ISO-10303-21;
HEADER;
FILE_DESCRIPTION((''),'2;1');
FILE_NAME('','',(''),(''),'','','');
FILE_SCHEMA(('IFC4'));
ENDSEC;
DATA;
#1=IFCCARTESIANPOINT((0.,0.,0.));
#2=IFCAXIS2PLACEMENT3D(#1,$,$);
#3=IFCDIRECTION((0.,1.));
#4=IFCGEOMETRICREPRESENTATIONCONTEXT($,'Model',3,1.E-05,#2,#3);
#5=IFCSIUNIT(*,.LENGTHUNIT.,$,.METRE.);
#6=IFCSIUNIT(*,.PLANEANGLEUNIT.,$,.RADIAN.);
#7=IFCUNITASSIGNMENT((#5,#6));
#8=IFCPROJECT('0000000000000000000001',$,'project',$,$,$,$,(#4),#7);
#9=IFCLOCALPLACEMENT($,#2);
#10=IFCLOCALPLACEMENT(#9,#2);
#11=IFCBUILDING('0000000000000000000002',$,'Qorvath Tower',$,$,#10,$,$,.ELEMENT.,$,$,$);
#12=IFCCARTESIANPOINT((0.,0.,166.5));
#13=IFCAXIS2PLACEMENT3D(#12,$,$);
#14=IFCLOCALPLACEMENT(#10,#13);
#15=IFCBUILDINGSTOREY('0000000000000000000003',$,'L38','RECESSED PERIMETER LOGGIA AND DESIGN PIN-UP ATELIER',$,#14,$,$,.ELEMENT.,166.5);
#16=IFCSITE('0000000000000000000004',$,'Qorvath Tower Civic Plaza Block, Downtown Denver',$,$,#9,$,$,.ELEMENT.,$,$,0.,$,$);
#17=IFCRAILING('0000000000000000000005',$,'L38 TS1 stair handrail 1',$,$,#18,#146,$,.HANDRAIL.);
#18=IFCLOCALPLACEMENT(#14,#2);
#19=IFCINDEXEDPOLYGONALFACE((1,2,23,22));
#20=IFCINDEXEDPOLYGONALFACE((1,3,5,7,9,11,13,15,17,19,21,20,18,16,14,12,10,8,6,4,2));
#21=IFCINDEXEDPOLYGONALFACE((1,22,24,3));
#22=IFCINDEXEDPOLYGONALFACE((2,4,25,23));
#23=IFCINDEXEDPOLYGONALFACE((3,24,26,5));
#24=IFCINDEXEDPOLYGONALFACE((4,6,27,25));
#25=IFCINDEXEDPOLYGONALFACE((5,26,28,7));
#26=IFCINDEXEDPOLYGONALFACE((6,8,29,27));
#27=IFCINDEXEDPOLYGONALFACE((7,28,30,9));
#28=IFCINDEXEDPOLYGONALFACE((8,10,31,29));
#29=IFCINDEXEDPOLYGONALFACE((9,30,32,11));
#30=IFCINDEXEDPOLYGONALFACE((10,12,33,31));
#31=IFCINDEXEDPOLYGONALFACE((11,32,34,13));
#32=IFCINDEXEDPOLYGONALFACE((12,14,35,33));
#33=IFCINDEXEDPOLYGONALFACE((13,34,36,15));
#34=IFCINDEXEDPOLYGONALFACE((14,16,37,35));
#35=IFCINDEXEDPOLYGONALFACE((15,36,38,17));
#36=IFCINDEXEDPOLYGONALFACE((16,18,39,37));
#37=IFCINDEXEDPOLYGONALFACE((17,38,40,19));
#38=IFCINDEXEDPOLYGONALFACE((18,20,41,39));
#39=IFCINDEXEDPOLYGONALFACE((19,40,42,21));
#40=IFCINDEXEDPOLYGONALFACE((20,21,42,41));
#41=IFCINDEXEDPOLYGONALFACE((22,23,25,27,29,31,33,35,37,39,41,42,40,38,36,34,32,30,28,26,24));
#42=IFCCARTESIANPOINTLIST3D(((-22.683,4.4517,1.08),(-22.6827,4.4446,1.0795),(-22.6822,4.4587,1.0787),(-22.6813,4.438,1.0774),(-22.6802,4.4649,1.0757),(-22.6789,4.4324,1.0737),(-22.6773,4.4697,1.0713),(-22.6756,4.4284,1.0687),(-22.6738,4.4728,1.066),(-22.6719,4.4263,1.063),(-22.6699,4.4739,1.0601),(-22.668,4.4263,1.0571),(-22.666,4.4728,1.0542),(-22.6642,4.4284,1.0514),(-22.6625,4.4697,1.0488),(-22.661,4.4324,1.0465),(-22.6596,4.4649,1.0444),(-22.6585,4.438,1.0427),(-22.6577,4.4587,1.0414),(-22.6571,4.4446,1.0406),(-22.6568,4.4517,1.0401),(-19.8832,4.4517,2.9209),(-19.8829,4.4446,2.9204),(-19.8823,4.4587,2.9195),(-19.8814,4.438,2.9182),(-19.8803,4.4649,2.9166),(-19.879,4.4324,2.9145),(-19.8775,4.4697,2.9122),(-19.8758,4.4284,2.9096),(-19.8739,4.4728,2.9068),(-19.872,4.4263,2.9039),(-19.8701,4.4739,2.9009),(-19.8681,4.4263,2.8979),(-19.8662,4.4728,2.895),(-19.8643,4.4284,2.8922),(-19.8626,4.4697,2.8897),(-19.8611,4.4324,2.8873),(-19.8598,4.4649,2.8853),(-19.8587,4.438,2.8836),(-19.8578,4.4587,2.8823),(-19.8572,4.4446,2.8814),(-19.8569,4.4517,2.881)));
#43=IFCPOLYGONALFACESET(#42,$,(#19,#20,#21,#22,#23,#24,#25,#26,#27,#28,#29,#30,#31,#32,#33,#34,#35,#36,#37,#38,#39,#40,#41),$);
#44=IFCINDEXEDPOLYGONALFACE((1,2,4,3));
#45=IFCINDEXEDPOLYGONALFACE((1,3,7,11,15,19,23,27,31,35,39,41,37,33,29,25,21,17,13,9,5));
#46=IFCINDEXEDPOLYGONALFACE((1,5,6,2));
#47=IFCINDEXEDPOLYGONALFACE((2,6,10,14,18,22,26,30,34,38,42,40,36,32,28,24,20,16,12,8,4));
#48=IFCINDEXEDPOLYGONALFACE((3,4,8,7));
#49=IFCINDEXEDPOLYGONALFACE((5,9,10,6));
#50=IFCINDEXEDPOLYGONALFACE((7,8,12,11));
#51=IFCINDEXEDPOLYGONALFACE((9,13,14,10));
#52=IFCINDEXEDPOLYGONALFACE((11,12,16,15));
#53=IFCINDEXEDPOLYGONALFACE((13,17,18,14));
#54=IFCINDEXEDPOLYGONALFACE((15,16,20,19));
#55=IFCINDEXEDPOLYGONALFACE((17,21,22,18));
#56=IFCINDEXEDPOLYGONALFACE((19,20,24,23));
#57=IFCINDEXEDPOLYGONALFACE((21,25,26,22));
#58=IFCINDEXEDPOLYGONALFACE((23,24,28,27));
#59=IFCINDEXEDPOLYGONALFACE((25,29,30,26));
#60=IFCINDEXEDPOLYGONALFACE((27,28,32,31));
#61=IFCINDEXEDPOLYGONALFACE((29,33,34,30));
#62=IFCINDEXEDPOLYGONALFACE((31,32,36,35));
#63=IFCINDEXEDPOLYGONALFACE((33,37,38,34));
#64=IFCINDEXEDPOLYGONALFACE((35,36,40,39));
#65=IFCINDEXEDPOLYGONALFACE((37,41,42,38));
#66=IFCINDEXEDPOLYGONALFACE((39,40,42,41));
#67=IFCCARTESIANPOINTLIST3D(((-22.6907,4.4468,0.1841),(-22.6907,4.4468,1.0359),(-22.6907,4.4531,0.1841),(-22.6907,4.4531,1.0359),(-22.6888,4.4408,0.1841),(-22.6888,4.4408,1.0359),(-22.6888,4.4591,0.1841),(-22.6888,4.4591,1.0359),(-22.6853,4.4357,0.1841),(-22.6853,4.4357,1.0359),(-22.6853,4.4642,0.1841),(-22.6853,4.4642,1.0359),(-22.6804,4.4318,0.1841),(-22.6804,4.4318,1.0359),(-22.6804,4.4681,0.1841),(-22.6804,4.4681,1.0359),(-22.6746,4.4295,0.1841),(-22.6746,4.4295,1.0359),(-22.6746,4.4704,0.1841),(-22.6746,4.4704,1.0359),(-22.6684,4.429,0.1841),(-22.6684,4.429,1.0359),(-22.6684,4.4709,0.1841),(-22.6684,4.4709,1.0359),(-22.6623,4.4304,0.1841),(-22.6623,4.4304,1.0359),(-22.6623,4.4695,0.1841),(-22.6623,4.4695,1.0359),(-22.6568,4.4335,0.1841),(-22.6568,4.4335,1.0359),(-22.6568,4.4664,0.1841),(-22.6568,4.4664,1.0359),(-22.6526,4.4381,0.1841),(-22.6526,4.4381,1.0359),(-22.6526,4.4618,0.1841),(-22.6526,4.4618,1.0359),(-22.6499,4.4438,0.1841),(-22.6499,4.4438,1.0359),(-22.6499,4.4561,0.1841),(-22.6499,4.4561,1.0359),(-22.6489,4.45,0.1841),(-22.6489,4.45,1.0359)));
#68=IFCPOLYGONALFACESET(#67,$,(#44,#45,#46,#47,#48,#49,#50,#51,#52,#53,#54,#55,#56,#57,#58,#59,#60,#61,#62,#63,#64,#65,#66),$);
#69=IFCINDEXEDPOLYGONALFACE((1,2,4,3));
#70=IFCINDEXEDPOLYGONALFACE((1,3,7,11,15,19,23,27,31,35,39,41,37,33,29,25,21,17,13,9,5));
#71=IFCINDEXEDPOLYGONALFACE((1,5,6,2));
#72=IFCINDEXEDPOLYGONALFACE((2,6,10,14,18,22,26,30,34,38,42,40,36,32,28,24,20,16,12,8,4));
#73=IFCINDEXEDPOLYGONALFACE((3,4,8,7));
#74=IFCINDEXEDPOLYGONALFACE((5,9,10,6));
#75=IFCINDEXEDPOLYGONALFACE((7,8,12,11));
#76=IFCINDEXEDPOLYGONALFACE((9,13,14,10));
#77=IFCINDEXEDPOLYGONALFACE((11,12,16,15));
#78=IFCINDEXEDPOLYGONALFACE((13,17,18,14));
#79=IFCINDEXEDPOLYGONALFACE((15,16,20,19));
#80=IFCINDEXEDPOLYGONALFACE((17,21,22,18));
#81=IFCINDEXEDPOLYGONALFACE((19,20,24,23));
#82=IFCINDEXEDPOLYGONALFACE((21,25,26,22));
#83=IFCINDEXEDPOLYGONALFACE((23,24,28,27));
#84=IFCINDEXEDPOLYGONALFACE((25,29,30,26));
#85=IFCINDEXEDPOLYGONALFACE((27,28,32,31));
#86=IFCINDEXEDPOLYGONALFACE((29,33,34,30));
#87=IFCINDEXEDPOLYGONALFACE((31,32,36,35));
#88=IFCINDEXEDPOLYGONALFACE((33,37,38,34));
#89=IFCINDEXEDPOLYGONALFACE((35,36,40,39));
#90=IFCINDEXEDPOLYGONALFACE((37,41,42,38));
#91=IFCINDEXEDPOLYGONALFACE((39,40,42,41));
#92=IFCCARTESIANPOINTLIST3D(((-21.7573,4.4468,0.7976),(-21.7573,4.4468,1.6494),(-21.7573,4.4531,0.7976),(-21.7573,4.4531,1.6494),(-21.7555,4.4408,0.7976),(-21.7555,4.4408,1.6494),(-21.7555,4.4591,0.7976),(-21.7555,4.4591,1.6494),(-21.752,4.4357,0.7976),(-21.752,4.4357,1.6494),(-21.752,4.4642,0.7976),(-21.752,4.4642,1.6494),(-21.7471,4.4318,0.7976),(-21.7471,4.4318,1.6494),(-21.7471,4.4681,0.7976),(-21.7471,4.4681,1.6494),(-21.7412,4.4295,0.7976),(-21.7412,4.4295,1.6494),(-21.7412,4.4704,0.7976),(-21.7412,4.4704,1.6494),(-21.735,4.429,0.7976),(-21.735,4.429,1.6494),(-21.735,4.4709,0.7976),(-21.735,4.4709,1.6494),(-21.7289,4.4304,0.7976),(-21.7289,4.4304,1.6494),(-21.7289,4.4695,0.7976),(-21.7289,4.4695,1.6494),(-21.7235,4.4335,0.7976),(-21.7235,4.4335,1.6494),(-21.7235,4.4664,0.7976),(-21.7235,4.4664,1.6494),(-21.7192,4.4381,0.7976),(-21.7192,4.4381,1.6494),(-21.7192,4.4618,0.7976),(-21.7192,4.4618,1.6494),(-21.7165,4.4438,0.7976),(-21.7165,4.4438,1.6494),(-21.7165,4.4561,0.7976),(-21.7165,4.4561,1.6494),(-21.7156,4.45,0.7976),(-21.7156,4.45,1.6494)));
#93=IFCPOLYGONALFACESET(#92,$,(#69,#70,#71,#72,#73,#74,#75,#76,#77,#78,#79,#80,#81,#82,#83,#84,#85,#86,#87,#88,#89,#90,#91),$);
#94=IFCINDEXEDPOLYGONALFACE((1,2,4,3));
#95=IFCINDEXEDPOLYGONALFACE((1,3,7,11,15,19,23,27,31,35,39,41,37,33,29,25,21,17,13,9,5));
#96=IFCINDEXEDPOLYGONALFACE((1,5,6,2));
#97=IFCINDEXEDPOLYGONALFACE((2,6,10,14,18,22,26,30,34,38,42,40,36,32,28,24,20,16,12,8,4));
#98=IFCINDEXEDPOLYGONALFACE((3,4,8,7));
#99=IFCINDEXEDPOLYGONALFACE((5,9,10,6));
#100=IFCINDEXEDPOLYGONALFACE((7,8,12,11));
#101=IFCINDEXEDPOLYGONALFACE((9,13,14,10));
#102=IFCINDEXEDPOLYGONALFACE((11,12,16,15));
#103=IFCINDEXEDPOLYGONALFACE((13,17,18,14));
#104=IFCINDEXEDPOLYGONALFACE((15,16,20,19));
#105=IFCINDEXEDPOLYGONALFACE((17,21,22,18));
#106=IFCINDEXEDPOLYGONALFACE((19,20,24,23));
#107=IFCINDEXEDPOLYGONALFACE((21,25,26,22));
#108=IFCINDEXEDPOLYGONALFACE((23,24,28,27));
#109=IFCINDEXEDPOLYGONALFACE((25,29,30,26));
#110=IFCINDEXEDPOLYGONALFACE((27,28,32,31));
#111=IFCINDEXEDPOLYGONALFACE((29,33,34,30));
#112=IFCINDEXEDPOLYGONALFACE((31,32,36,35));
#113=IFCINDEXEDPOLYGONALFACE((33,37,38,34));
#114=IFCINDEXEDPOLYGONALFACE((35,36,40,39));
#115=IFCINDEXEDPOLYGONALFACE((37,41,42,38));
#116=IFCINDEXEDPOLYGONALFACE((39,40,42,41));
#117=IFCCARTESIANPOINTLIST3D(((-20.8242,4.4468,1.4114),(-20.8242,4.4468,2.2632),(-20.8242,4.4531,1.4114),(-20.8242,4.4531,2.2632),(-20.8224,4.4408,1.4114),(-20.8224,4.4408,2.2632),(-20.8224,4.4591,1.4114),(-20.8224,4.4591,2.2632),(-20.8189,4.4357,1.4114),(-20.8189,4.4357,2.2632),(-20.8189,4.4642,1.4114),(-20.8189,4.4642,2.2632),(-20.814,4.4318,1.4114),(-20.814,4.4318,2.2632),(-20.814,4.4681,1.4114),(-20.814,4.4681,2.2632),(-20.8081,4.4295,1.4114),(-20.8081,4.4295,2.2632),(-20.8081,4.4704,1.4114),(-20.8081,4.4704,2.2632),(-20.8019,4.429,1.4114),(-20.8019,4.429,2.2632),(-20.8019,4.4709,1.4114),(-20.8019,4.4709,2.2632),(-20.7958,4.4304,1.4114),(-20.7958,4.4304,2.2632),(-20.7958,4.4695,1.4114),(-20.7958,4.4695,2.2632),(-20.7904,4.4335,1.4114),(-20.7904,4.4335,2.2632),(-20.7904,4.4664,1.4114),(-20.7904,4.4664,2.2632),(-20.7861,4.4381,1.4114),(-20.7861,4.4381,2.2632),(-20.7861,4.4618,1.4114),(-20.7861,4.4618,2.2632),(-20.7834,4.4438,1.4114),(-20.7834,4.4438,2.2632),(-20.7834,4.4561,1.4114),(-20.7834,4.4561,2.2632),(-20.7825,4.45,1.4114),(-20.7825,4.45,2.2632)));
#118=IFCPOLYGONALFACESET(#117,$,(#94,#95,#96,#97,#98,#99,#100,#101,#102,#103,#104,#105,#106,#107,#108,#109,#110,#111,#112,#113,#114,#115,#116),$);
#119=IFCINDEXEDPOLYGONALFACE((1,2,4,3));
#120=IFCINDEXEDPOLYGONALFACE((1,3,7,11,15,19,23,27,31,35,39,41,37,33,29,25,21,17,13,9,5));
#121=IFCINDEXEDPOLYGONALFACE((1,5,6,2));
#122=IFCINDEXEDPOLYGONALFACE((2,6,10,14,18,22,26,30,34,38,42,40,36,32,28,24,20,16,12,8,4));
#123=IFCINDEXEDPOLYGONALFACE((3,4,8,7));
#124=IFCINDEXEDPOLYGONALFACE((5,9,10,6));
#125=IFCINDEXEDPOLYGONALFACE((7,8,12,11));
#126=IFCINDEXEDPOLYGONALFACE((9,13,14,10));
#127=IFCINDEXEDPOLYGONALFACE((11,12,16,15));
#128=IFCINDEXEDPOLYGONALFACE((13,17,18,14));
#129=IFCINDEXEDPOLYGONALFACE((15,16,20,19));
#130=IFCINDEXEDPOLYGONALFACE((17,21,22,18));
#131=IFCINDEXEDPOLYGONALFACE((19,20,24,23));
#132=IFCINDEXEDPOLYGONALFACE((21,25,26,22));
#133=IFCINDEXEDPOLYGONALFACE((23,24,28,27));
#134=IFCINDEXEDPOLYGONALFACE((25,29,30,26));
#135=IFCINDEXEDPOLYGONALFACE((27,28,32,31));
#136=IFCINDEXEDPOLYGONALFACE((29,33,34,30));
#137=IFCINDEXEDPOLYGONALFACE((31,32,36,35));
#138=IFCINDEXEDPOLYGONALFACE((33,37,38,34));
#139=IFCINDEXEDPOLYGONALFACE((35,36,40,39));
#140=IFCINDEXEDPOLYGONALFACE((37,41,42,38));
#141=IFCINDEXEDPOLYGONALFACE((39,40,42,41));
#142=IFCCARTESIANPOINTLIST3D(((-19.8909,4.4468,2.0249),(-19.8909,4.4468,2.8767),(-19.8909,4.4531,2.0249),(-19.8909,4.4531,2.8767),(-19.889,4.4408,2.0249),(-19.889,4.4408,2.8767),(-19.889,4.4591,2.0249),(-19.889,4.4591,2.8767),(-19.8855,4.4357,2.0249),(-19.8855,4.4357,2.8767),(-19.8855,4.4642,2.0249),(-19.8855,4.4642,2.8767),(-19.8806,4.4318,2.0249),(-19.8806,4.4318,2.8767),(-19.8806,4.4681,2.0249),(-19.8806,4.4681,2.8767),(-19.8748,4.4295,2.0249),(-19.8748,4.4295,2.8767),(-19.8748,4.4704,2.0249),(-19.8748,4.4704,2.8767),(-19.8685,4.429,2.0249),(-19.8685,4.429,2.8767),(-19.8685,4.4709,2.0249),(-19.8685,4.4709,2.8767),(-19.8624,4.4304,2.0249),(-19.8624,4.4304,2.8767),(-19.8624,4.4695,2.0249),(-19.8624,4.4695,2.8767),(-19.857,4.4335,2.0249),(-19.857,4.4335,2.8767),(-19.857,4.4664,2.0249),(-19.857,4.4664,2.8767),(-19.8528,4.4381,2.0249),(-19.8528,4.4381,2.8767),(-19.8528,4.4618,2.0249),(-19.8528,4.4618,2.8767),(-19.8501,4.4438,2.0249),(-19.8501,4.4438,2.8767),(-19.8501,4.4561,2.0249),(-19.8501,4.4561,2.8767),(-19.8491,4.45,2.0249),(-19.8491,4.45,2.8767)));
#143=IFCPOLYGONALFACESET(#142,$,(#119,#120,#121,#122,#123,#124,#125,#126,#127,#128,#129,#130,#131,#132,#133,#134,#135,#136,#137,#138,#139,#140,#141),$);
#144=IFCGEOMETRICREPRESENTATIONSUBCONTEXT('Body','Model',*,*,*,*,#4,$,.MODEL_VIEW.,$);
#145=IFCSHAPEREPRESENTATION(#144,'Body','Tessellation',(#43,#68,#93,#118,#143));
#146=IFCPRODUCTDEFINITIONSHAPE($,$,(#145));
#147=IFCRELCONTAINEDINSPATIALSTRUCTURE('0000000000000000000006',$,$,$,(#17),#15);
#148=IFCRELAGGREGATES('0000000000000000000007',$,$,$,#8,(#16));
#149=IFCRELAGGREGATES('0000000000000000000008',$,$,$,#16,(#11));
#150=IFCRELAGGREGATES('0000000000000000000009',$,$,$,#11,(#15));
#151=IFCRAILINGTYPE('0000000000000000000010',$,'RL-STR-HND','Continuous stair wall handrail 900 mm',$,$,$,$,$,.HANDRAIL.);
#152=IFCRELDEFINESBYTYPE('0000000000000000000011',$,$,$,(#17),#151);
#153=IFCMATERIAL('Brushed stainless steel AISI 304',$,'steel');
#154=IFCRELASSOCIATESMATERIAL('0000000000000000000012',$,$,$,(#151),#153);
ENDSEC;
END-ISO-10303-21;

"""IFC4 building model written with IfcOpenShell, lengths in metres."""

from ifc_helpers import new_model, si_unit, direction, frame, origin, origin_2d, place, context, subcontext, project, spatial, circle, extrude, material, type_object, element, save


model = new_model("IFC4")

# Units and contexts
model_context = context("Model", 3, precision=1e-05, world=origin(), true_north=direction((0.0, 1.0)))
body_context = subcontext(model_context, "Body", "Model", "MODEL_VIEW")
ifc_project = project(units=[si_unit("LENGTHUNIT", "METRE"), si_unit("PLANEANGLEUNIT", "RADIAN")], contexts=[model_context])

# Site, building, storey
site_placement = place(None, origin())
site = spatial("IfcSite", under=ifc_project, at=site_placement, Name="Qorvath Tower Civic Plaza Block, Downtown Denver", CompositionType="ELEMENT", RefElevation=0.0)
building_placement = place(site_placement, origin())
building = spatial("IfcBuilding", under=site, at=building_placement, Name="Qorvath Tower", CompositionType="ELEMENT")
storey_placement = place(building_placement, frame((0.0, 0.0, 166.5)))
storey = spatial("IfcBuildingStorey", under=building, at=storey_placement, Name="L38", Description="RECESSED PERIMETER LOGGIA AND DESIGN PIN-UP ATELIER", CompositionType="ELEMENT", Elevation=166.5)

# Railing
ifc_material_1 = material(Name="Brushed stainless steel AISI 304", Category="steel")
railing_type_1 = type_object("IfcRailingType", Name="RL-STR-HND", Description="Continuous stair wall handrail 900 mm", PredefinedType="HANDRAIL", material=ifc_material_1)
railing_1_placement = place(storey_placement, frame((-22.6699, 4.45, 0.1841)))
element("IfcRailing", 1, at=railing_1_placement, inside=storey, type_object=railing_type_1, Name="L38 TS1 stair handrail 1", PredefinedType="HANDRAIL", context=body_context, shape_type="SweptSolid", body=[
    extrude(circle(Radius=0.0239, at=origin_2d()), frame((0.0, 0.0, 0.876), z_axis=(0.835576, 0.0, 0.549376), x_axis=(0.0, 1.0, 0.0)), (0.0, 0.0, 1.0), 3.3508),
    extrude(circle(Radius=0.021, at=origin_2d()), origin(), (0.0, 0.0, 1.0), 0.8518),
    extrude(circle(Radius=0.021, at=origin_2d()), frame((0.9333, 0.0, 0.6135)), (0.0, 0.0, 1.0), 0.8518),
    extrude(circle(Radius=0.021, at=origin_2d()), frame((1.8665, 0.0, 1.2273)), (0.0, 0.0, 1.0), 0.8518),
    extrude(circle(Radius=0.021, at=origin_2d()), frame((2.7998, 0.0, 1.8408)), (0.0, 0.0, 1.0), 0.8518),
])

save(model, "model.ifc")
